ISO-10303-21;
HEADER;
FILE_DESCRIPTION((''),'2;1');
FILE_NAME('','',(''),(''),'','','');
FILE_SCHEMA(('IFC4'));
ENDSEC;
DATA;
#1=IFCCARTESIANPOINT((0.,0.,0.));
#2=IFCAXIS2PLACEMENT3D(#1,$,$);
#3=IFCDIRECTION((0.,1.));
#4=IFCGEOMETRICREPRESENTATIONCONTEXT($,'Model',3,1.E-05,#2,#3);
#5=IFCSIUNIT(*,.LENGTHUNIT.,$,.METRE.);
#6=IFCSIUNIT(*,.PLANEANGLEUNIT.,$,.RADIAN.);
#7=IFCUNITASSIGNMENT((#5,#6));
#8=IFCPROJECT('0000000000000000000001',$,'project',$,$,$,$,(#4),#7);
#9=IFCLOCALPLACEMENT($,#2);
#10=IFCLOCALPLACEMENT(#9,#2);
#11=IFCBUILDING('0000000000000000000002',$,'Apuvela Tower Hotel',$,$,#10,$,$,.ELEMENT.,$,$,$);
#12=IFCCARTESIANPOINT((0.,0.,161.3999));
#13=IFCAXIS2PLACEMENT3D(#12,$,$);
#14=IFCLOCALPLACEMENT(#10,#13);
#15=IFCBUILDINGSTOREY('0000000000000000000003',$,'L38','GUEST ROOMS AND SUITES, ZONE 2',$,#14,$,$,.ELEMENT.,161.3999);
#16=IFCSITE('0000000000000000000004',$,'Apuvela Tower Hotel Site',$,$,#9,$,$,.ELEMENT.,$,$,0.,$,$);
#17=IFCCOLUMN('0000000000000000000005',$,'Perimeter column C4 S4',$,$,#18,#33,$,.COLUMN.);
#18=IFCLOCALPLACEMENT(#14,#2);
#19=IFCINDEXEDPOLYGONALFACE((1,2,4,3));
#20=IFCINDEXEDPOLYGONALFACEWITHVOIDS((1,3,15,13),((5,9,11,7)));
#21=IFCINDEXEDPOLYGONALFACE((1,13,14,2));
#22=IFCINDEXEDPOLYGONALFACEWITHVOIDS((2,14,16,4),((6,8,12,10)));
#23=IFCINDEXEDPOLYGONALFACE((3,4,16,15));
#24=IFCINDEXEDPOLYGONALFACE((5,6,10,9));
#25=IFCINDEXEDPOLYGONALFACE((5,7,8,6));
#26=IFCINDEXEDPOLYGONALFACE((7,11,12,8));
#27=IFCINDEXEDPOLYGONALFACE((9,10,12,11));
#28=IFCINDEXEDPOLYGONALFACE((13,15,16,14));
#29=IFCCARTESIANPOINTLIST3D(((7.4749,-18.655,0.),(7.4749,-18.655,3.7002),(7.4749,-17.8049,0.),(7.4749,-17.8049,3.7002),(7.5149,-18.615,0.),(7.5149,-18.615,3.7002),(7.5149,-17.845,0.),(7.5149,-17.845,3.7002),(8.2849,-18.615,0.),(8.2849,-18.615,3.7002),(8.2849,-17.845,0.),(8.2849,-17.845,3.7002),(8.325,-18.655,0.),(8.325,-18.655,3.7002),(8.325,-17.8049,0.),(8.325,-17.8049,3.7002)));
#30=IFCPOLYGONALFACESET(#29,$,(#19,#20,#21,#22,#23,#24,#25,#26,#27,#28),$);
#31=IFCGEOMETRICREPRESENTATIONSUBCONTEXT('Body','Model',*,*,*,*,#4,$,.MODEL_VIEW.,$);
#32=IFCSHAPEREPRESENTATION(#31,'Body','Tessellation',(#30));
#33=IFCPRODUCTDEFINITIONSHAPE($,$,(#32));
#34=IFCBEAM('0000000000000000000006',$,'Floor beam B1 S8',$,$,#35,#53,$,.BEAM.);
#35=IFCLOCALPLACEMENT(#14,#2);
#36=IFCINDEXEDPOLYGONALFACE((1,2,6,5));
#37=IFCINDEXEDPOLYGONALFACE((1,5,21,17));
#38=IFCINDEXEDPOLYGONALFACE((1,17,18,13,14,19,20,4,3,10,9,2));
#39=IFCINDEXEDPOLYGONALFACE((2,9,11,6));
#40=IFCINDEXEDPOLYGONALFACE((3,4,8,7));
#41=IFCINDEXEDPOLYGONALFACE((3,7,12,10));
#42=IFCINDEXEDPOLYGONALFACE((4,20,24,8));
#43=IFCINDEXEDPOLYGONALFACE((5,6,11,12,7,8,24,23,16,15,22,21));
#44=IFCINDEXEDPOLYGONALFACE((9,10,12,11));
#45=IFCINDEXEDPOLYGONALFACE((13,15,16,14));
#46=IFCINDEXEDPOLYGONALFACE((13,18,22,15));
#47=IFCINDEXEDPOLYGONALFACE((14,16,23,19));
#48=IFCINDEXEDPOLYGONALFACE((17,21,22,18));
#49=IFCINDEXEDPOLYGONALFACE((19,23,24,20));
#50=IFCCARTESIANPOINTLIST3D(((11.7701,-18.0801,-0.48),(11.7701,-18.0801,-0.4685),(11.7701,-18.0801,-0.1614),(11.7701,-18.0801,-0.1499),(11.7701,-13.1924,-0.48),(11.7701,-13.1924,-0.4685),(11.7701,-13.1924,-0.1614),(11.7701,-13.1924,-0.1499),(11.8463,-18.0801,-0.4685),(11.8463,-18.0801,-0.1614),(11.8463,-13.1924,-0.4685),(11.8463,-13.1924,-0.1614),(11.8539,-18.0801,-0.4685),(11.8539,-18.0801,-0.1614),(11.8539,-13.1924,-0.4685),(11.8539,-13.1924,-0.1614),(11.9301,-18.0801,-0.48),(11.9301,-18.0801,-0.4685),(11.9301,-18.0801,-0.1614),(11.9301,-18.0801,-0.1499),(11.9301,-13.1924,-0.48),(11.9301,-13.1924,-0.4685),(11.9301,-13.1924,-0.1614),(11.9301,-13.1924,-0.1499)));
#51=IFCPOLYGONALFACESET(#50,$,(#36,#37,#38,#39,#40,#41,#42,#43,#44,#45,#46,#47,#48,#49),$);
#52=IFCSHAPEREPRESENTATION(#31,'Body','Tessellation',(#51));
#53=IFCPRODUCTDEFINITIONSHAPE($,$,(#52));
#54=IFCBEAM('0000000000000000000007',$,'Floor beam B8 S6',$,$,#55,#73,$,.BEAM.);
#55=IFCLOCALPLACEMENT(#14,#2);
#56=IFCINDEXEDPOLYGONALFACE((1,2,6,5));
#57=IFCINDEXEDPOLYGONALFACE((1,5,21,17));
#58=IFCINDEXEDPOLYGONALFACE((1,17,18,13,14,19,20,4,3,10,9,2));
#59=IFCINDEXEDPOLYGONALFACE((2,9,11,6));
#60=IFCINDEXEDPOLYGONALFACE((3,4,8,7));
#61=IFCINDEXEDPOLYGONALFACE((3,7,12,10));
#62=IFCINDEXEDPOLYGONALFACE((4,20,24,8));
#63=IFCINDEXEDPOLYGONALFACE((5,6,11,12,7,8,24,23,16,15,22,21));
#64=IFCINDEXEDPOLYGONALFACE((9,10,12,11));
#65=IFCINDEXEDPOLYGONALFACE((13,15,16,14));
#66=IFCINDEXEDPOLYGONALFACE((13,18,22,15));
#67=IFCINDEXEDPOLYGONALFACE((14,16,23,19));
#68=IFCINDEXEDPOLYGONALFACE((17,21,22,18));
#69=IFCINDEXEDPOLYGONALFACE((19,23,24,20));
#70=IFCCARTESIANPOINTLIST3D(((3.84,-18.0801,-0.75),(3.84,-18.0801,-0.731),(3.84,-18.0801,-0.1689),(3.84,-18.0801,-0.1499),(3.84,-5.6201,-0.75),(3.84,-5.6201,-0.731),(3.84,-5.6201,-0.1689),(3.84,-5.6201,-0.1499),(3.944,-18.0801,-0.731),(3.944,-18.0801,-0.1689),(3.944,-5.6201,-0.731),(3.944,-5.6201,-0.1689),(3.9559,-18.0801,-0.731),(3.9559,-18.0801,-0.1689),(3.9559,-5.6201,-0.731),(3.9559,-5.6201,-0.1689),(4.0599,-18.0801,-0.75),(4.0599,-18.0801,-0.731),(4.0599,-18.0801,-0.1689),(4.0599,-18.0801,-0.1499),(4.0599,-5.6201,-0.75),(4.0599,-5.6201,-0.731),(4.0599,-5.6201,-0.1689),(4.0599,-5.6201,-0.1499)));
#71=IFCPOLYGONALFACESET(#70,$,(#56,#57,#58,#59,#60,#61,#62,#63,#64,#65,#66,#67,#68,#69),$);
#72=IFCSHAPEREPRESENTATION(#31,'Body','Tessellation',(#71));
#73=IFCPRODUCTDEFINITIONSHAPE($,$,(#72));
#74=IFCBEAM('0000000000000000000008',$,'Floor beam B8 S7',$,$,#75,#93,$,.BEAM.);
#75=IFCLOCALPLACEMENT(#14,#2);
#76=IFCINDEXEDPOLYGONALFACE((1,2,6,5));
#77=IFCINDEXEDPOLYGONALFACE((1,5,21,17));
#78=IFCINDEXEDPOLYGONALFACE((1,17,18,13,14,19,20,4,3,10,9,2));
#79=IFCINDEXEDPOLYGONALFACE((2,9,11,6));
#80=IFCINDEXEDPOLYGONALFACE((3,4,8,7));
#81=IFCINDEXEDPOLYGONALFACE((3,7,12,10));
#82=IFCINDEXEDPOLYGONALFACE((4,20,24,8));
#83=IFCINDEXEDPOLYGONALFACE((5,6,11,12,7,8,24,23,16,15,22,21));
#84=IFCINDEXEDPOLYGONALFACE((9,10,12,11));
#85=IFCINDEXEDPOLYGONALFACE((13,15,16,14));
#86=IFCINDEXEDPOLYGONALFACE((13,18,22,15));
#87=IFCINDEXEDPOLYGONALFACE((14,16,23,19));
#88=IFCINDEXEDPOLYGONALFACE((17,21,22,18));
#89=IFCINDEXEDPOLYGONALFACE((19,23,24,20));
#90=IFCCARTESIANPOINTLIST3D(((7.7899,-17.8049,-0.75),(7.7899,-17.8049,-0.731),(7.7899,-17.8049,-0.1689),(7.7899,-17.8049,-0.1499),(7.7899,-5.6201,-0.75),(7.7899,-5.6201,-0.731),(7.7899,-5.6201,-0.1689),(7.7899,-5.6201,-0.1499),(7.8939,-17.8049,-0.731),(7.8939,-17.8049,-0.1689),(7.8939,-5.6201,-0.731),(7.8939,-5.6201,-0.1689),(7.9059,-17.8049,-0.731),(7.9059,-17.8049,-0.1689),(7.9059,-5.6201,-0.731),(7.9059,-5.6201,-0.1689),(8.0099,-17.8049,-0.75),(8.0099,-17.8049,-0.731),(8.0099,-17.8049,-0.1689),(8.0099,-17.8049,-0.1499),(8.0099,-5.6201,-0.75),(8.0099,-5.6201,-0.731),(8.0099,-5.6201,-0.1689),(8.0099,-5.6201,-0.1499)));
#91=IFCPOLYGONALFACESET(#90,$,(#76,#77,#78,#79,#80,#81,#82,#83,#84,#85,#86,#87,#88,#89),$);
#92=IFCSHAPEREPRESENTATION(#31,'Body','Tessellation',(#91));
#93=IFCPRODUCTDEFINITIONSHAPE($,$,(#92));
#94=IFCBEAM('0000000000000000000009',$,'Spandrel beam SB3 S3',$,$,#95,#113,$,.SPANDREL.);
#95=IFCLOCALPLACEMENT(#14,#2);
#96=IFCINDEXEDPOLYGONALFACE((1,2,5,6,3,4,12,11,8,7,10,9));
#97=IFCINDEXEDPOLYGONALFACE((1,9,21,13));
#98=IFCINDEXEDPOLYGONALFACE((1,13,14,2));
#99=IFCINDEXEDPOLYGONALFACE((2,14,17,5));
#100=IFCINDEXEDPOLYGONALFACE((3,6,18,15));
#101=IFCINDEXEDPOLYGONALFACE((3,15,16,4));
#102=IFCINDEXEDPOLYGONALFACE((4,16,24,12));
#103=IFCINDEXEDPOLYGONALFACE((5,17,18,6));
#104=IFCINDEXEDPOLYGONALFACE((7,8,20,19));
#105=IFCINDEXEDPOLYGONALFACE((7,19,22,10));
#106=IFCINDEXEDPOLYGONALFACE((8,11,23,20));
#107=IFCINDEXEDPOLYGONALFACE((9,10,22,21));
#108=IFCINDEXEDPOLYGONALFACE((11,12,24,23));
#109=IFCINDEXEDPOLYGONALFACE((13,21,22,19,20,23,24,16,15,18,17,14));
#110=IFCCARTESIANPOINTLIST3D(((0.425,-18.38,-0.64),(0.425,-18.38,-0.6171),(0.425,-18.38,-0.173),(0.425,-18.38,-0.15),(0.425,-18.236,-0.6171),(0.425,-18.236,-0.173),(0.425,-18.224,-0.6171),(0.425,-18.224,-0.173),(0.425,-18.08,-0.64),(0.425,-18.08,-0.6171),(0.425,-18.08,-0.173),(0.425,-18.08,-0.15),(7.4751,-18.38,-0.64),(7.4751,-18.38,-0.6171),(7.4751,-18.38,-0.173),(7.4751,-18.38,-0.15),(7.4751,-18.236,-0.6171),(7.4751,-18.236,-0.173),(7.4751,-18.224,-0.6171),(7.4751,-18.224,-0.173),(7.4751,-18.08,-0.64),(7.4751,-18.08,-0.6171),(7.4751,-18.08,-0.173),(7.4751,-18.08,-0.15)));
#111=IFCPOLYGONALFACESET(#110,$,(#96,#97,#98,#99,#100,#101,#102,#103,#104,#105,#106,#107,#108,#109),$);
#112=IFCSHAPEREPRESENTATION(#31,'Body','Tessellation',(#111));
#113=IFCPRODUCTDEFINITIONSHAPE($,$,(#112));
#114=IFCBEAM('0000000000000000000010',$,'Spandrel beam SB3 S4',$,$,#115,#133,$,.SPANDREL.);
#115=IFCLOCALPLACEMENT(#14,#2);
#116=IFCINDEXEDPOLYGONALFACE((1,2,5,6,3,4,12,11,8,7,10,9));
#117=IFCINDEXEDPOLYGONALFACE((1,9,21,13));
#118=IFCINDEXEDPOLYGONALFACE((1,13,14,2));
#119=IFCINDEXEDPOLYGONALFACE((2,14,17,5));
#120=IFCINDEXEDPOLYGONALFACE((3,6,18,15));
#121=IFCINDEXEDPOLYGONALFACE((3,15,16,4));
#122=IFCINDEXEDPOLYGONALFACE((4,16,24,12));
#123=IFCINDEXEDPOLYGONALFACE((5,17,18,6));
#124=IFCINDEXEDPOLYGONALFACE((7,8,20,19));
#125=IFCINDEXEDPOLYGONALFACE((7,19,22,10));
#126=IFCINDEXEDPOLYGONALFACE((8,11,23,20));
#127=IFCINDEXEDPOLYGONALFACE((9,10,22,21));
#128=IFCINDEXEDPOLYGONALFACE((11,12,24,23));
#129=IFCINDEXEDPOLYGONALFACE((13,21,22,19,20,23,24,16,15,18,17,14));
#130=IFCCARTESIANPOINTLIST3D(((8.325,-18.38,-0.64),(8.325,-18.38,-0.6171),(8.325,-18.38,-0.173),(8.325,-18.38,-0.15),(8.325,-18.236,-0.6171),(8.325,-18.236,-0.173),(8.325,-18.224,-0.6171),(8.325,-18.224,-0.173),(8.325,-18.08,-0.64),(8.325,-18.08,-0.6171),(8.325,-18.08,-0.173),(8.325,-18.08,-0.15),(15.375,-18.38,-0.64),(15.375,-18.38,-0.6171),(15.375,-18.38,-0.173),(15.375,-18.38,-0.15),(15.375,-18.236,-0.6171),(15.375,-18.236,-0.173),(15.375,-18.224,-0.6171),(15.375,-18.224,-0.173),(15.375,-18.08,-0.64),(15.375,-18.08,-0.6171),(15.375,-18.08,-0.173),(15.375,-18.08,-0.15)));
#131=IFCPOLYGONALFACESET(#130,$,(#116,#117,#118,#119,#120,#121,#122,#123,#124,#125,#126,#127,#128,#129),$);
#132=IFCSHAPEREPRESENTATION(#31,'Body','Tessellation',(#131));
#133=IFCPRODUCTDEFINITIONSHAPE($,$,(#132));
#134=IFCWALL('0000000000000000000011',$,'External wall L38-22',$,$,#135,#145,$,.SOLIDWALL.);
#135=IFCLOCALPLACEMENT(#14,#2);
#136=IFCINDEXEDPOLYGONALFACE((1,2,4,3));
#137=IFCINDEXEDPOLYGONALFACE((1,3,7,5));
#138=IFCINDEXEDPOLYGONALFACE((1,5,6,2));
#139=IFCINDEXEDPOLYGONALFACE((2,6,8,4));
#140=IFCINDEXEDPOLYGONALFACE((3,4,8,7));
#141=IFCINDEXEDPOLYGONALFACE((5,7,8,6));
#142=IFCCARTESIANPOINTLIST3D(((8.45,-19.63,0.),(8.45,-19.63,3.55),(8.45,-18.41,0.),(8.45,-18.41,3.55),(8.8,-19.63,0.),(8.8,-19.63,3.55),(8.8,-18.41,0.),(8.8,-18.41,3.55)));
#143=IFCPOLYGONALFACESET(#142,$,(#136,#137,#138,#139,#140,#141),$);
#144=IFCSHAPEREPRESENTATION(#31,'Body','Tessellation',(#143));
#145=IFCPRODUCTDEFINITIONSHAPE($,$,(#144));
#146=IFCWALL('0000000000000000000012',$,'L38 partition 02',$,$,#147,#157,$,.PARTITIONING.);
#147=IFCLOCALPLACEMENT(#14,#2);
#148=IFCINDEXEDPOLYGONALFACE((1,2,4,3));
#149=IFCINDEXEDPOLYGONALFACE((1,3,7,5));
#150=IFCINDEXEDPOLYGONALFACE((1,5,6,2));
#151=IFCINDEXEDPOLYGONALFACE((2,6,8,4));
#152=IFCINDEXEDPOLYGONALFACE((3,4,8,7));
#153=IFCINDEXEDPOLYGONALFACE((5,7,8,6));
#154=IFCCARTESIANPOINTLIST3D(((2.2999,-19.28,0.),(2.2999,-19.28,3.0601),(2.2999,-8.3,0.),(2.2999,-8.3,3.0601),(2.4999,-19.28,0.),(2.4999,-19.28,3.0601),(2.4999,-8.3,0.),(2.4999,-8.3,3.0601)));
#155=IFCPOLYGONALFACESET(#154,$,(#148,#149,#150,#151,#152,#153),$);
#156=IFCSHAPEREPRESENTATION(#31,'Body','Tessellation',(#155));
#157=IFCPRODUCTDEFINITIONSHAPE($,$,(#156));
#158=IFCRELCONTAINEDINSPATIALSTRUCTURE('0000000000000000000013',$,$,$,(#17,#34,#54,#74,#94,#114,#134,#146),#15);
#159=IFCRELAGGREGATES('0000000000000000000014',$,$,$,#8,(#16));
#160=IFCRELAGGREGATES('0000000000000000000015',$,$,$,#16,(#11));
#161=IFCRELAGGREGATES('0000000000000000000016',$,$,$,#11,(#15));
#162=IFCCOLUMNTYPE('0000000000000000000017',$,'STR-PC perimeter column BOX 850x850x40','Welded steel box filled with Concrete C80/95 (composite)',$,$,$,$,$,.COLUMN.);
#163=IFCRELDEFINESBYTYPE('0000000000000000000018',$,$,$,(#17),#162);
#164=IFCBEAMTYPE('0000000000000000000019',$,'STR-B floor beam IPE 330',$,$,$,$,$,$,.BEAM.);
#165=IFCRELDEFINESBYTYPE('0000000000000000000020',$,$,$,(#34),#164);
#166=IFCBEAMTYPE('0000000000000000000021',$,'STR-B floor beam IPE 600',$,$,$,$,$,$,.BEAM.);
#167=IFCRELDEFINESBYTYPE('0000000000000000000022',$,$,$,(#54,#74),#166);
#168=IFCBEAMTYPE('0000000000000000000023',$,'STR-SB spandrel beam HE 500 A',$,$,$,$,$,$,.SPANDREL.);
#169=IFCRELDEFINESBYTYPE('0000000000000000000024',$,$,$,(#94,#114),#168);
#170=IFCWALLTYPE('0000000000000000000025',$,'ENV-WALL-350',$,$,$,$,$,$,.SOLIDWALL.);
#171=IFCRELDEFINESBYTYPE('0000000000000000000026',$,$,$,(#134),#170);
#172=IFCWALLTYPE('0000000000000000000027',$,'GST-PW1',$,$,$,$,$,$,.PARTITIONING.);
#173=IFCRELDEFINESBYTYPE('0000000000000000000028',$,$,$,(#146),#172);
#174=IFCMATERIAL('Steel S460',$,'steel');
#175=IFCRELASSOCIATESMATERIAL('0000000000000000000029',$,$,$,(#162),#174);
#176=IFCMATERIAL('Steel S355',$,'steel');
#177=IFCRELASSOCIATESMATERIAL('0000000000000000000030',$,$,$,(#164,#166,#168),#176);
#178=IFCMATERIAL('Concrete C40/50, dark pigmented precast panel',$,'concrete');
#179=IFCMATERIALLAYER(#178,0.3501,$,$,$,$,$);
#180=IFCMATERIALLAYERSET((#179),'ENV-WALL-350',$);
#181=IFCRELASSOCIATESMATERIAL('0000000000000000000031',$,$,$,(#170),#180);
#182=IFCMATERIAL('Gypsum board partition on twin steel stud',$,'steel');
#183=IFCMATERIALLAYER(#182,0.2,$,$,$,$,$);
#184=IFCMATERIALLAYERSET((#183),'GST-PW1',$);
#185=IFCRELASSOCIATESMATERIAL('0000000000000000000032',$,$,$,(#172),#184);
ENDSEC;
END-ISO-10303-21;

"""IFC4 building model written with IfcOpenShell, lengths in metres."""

from ifc_helpers import new_model, si_unit, direction, frame, frame_2d, origin, origin_2d, place, context, subcontext, project, spatial, rectangle, hollow_rectangle, i_section, extrude, material, layer, layer_set, material_profile, profile_set, type_object, element, save


model = new_model("IFC4")

# Units and contexts
model_context = context("Model", 3, precision=1e-05, world=origin(), true_north=direction((0.0, 1.0)))
body_context = subcontext(model_context, "Body", "Model", "MODEL_VIEW")
ifc_project = project(units=[si_unit("LENGTHUNIT", "METRE"), si_unit("PLANEANGLEUNIT", "RADIAN")], contexts=[model_context])

# Site, building, storey
site_placement = place(None, origin())
site = spatial("IfcSite", under=ifc_project, at=site_placement, Name="Apuvela Tower Hotel Site", CompositionType="ELEMENT", RefElevation=0.0)
building_placement = place(site_placement, origin())
building = spatial("IfcBuilding", under=site, at=building_placement, Name="Apuvela Tower Hotel", CompositionType="ELEMENT")
storey_placement = place(building_placement, frame((0.0, 0.0, 161.3999)))
storey = spatial("IfcBuildingStorey", under=building, at=storey_placement, Name="L38", Description="GUEST ROOMS AND SUITES, ZONE 2", CompositionType="ELEMENT", Elevation=161.3999)

# Column
ifc_material_1 = material(Name="Steel S460", Category="steel")
ifc_material_profile_1 = material_profile(ifc_material_1, hollow_rectangle(XDim=0.8501, YDim=0.8501, WallThickness=0.04, at=origin_2d()), Name="BOX 850x850x40")
ifc_material_2 = material(Name="Concrete C80/95", Category="concrete")
ifc_material_profile_2 = material_profile(ifc_material_2, rectangle(XDim=0.77, YDim=0.77, at=origin_2d()), Name="Concrete C80/95 infill")
ifc_profile_set_1 = profile_set([ifc_material_profile_1, ifc_material_profile_2], Name="Steel S460")
column_type = type_object("IfcColumnType", Name="STR-PC perimeter column BOX 850x850x40", Description="Welded steel box filled with Concrete C80/95 (composite)", PredefinedType="COLUMN", material=ifc_profile_set_1)
column_placement = place(storey_placement, frame((7.8999, -18.23, 0.0), z_axis=(0.0, 0.0, 1.0), x_axis=(-1.0, 0.0, 0.0)))
element("IfcColumn", 1, at=column_placement, inside=storey, type_object=column_type, Name="Perimeter column C4 S4", PredefinedType="COLUMN", context=body_context, shape_type="SweptSolid", body=[
    extrude(hollow_rectangle(XDim=0.8501, YDim=0.8501, WallThickness=0.04, at=origin_2d()), origin(), (0.0, 0.0, 1.0), 3.7002),
])

# Beams
ifc_material_3 = material(Name="Steel S355", Category="steel")
ifc_material_profile_3 = material_profile(ifc_material_3, i_section(OverallWidth=0.1599, OverallDepth=0.3301, WebThickness=0.0076, FlangeThickness=0.0115, at=origin_2d()), Name="IPE 330")
ifc_profile_set_2 = profile_set([ifc_material_profile_3], Name="Steel S355")
beam_type_1 = type_object("IfcBeamType", Name="STR-B floor beam IPE 330", PredefinedType="BEAM", material=ifc_profile_set_2)
beam_1_placement = place(storey_placement, frame((11.8501, -18.0801, -0.3149), z_axis=(0.0, 1.0, 0.0), x_axis=(-1.0, 0.0, 0.0)))
element("IfcBeam", 2, at=beam_1_placement, inside=storey, type_object=beam_type_1, Name="Floor beam B1 S8", PredefinedType="BEAM", context=body_context, shape_type="SweptSolid", body=[
    extrude(i_section(OverallWidth=0.1599, OverallDepth=0.3301, WebThickness=0.0076, FlangeThickness=0.0115, at=origin_2d()), origin(), (0.0, 0.0, 1.0), 4.8877),
])
ifc_material_profile_4 = material_profile(ifc_material_3, i_section(OverallWidth=0.22, OverallDepth=0.6001, WebThickness=0.012, FlangeThickness=0.019, at=origin_2d()), Name="IPE 600")
ifc_profile_set_3 = profile_set([ifc_material_profile_4], Name="Steel S355")
beam_type_2 = type_object("IfcBeamType", Name="STR-B floor beam IPE 600", PredefinedType="BEAM", material=ifc_profile_set_3)
beam_2_placement = place(storey_placement, frame((3.95, -18.0801, -0.45), z_axis=(0.0, 1.0, 0.0), x_axis=(-1.0, 0.0, 0.0)))
element("IfcBeam", 3, at=beam_2_placement, inside=storey, type_object=beam_type_2, Name="Floor beam B8 S6", PredefinedType="BEAM", context=body_context, shape_type="SweptSolid", body=[
    extrude(i_section(OverallWidth=0.22, OverallDepth=0.6001, WebThickness=0.012, FlangeThickness=0.019, at=origin_2d()), origin(), (0.0, 0.0, 1.0), 12.46),
])
beam_3_placement = place(storey_placement, frame((7.8999, -17.8049, -0.45), z_axis=(0.0, 1.0, 0.0), x_axis=(-1.0, 0.0, 0.0)))
element("IfcBeam", 4, at=beam_3_placement, inside=storey, type_object=beam_type_2, Name="Floor beam B8 S7", PredefinedType="BEAM", context=body_context, shape_type="SweptSolid", body=[
    extrude(i_section(OverallWidth=0.22, OverallDepth=0.6001, WebThickness=0.012, FlangeThickness=0.019, at=origin_2d()), origin(), (0.0, 0.0, 1.0), 12.1848),
])
ifc_material_profile_5 = material_profile(ifc_material_3, i_section(OverallWidth=0.3, OverallDepth=0.49, WebThickness=0.012, FlangeThickness=0.0229, at=origin_2d()), Name="HE 500 A")
ifc_profile_set_4 = profile_set([ifc_material_profile_5], Name="Steel S355")
beam_type_3 = type_object("IfcBeamType", Name="STR-SB spandrel beam HE 500 A", PredefinedType="SPANDREL", material=ifc_profile_set_4)
for number, where, z_axis, x_axis, name in (
    (5, (0.425, -18.23, -0.395), (1.0, 0.0, 0.0), (0.0, 1.0, 0.0), "Spandrel beam SB3 S3"),
    (6, (8.325, -18.23, -0.395), (1.0, 0.0, 0.0), (0.0, 1.0, 0.0), "Spandrel beam SB3 S4"),
):
    element("IfcBeam", number, at=place(storey_placement, frame(where, z_axis=z_axis, x_axis=x_axis)), inside=storey, type_object=beam_type_3, Name=name, PredefinedType="SPANDREL", context=body_context, shape_type="SweptSolid", body=[
        extrude(i_section(OverallWidth=0.3, OverallDepth=0.49, WebThickness=0.012, FlangeThickness=0.0229, at=origin_2d()), origin(), (0.0, 0.0, 1.0), 7.05),
    ])

# Wall
ifc_material_4 = material(Name="Concrete C40/50, dark pigmented precast panel", Category="concrete")
ifc_layer_1 = layer(ifc_material_4, 0.3501)
ifc_layer_set_1 = layer_set([ifc_layer_1], Name="ENV-WALL-350")
wall_type_1 = type_object("IfcWallType", Name="ENV-WALL-350", PredefinedType="SOLIDWALL", material=ifc_layer_set_1)
wall_1_placement = place(storey_placement, frame((8.625, -19.6299, 0.0), z_axis=(0.0, 0.0, 1.0), x_axis=(0.0, 1.0, 0.0)))
element("IfcWall", 7, at=wall_1_placement, inside=storey, type_object=wall_type_1, Name="External wall L38-22", PredefinedType="SOLIDWALL", context=body_context, shape_type="SweptSolid", body=[
    extrude(rectangle(XDim=1.22, YDim=0.3501, at=frame_2d((0.6099, 0.0))), origin(), (0.0, 0.0, 1.0), 3.55),
])

# Wall
ifc_material_5 = material(Name="Gypsum board partition on twin steel stud", Category="steel")
ifc_layer_2 = layer(ifc_material_5, 0.2)
ifc_layer_set_2 = layer_set([ifc_layer_2], Name="GST-PW1")
wall_type_2 = type_object("IfcWallType", Name="GST-PW1", PredefinedType="PARTITIONING", material=ifc_layer_set_2)
wall_2_placement = place(storey_placement, frame((2.3999, -19.28, 0.0), z_axis=(0.0, 0.0, 1.0), x_axis=(0.0, 1.0, 0.0)))
element("IfcWall", 8, at=wall_2_placement, inside=storey, type_object=wall_type_2, Name="L38 partition 02", PredefinedType="PARTITIONING", context=body_context, shape_type="SweptSolid", body=[
    extrude(rectangle(XDim=10.98, YDim=0.2, at=frame_2d((5.49, 0.0))), origin(), (0.0, 0.0, 1.0), 3.0601),
])

save(model, "model.ifc")
